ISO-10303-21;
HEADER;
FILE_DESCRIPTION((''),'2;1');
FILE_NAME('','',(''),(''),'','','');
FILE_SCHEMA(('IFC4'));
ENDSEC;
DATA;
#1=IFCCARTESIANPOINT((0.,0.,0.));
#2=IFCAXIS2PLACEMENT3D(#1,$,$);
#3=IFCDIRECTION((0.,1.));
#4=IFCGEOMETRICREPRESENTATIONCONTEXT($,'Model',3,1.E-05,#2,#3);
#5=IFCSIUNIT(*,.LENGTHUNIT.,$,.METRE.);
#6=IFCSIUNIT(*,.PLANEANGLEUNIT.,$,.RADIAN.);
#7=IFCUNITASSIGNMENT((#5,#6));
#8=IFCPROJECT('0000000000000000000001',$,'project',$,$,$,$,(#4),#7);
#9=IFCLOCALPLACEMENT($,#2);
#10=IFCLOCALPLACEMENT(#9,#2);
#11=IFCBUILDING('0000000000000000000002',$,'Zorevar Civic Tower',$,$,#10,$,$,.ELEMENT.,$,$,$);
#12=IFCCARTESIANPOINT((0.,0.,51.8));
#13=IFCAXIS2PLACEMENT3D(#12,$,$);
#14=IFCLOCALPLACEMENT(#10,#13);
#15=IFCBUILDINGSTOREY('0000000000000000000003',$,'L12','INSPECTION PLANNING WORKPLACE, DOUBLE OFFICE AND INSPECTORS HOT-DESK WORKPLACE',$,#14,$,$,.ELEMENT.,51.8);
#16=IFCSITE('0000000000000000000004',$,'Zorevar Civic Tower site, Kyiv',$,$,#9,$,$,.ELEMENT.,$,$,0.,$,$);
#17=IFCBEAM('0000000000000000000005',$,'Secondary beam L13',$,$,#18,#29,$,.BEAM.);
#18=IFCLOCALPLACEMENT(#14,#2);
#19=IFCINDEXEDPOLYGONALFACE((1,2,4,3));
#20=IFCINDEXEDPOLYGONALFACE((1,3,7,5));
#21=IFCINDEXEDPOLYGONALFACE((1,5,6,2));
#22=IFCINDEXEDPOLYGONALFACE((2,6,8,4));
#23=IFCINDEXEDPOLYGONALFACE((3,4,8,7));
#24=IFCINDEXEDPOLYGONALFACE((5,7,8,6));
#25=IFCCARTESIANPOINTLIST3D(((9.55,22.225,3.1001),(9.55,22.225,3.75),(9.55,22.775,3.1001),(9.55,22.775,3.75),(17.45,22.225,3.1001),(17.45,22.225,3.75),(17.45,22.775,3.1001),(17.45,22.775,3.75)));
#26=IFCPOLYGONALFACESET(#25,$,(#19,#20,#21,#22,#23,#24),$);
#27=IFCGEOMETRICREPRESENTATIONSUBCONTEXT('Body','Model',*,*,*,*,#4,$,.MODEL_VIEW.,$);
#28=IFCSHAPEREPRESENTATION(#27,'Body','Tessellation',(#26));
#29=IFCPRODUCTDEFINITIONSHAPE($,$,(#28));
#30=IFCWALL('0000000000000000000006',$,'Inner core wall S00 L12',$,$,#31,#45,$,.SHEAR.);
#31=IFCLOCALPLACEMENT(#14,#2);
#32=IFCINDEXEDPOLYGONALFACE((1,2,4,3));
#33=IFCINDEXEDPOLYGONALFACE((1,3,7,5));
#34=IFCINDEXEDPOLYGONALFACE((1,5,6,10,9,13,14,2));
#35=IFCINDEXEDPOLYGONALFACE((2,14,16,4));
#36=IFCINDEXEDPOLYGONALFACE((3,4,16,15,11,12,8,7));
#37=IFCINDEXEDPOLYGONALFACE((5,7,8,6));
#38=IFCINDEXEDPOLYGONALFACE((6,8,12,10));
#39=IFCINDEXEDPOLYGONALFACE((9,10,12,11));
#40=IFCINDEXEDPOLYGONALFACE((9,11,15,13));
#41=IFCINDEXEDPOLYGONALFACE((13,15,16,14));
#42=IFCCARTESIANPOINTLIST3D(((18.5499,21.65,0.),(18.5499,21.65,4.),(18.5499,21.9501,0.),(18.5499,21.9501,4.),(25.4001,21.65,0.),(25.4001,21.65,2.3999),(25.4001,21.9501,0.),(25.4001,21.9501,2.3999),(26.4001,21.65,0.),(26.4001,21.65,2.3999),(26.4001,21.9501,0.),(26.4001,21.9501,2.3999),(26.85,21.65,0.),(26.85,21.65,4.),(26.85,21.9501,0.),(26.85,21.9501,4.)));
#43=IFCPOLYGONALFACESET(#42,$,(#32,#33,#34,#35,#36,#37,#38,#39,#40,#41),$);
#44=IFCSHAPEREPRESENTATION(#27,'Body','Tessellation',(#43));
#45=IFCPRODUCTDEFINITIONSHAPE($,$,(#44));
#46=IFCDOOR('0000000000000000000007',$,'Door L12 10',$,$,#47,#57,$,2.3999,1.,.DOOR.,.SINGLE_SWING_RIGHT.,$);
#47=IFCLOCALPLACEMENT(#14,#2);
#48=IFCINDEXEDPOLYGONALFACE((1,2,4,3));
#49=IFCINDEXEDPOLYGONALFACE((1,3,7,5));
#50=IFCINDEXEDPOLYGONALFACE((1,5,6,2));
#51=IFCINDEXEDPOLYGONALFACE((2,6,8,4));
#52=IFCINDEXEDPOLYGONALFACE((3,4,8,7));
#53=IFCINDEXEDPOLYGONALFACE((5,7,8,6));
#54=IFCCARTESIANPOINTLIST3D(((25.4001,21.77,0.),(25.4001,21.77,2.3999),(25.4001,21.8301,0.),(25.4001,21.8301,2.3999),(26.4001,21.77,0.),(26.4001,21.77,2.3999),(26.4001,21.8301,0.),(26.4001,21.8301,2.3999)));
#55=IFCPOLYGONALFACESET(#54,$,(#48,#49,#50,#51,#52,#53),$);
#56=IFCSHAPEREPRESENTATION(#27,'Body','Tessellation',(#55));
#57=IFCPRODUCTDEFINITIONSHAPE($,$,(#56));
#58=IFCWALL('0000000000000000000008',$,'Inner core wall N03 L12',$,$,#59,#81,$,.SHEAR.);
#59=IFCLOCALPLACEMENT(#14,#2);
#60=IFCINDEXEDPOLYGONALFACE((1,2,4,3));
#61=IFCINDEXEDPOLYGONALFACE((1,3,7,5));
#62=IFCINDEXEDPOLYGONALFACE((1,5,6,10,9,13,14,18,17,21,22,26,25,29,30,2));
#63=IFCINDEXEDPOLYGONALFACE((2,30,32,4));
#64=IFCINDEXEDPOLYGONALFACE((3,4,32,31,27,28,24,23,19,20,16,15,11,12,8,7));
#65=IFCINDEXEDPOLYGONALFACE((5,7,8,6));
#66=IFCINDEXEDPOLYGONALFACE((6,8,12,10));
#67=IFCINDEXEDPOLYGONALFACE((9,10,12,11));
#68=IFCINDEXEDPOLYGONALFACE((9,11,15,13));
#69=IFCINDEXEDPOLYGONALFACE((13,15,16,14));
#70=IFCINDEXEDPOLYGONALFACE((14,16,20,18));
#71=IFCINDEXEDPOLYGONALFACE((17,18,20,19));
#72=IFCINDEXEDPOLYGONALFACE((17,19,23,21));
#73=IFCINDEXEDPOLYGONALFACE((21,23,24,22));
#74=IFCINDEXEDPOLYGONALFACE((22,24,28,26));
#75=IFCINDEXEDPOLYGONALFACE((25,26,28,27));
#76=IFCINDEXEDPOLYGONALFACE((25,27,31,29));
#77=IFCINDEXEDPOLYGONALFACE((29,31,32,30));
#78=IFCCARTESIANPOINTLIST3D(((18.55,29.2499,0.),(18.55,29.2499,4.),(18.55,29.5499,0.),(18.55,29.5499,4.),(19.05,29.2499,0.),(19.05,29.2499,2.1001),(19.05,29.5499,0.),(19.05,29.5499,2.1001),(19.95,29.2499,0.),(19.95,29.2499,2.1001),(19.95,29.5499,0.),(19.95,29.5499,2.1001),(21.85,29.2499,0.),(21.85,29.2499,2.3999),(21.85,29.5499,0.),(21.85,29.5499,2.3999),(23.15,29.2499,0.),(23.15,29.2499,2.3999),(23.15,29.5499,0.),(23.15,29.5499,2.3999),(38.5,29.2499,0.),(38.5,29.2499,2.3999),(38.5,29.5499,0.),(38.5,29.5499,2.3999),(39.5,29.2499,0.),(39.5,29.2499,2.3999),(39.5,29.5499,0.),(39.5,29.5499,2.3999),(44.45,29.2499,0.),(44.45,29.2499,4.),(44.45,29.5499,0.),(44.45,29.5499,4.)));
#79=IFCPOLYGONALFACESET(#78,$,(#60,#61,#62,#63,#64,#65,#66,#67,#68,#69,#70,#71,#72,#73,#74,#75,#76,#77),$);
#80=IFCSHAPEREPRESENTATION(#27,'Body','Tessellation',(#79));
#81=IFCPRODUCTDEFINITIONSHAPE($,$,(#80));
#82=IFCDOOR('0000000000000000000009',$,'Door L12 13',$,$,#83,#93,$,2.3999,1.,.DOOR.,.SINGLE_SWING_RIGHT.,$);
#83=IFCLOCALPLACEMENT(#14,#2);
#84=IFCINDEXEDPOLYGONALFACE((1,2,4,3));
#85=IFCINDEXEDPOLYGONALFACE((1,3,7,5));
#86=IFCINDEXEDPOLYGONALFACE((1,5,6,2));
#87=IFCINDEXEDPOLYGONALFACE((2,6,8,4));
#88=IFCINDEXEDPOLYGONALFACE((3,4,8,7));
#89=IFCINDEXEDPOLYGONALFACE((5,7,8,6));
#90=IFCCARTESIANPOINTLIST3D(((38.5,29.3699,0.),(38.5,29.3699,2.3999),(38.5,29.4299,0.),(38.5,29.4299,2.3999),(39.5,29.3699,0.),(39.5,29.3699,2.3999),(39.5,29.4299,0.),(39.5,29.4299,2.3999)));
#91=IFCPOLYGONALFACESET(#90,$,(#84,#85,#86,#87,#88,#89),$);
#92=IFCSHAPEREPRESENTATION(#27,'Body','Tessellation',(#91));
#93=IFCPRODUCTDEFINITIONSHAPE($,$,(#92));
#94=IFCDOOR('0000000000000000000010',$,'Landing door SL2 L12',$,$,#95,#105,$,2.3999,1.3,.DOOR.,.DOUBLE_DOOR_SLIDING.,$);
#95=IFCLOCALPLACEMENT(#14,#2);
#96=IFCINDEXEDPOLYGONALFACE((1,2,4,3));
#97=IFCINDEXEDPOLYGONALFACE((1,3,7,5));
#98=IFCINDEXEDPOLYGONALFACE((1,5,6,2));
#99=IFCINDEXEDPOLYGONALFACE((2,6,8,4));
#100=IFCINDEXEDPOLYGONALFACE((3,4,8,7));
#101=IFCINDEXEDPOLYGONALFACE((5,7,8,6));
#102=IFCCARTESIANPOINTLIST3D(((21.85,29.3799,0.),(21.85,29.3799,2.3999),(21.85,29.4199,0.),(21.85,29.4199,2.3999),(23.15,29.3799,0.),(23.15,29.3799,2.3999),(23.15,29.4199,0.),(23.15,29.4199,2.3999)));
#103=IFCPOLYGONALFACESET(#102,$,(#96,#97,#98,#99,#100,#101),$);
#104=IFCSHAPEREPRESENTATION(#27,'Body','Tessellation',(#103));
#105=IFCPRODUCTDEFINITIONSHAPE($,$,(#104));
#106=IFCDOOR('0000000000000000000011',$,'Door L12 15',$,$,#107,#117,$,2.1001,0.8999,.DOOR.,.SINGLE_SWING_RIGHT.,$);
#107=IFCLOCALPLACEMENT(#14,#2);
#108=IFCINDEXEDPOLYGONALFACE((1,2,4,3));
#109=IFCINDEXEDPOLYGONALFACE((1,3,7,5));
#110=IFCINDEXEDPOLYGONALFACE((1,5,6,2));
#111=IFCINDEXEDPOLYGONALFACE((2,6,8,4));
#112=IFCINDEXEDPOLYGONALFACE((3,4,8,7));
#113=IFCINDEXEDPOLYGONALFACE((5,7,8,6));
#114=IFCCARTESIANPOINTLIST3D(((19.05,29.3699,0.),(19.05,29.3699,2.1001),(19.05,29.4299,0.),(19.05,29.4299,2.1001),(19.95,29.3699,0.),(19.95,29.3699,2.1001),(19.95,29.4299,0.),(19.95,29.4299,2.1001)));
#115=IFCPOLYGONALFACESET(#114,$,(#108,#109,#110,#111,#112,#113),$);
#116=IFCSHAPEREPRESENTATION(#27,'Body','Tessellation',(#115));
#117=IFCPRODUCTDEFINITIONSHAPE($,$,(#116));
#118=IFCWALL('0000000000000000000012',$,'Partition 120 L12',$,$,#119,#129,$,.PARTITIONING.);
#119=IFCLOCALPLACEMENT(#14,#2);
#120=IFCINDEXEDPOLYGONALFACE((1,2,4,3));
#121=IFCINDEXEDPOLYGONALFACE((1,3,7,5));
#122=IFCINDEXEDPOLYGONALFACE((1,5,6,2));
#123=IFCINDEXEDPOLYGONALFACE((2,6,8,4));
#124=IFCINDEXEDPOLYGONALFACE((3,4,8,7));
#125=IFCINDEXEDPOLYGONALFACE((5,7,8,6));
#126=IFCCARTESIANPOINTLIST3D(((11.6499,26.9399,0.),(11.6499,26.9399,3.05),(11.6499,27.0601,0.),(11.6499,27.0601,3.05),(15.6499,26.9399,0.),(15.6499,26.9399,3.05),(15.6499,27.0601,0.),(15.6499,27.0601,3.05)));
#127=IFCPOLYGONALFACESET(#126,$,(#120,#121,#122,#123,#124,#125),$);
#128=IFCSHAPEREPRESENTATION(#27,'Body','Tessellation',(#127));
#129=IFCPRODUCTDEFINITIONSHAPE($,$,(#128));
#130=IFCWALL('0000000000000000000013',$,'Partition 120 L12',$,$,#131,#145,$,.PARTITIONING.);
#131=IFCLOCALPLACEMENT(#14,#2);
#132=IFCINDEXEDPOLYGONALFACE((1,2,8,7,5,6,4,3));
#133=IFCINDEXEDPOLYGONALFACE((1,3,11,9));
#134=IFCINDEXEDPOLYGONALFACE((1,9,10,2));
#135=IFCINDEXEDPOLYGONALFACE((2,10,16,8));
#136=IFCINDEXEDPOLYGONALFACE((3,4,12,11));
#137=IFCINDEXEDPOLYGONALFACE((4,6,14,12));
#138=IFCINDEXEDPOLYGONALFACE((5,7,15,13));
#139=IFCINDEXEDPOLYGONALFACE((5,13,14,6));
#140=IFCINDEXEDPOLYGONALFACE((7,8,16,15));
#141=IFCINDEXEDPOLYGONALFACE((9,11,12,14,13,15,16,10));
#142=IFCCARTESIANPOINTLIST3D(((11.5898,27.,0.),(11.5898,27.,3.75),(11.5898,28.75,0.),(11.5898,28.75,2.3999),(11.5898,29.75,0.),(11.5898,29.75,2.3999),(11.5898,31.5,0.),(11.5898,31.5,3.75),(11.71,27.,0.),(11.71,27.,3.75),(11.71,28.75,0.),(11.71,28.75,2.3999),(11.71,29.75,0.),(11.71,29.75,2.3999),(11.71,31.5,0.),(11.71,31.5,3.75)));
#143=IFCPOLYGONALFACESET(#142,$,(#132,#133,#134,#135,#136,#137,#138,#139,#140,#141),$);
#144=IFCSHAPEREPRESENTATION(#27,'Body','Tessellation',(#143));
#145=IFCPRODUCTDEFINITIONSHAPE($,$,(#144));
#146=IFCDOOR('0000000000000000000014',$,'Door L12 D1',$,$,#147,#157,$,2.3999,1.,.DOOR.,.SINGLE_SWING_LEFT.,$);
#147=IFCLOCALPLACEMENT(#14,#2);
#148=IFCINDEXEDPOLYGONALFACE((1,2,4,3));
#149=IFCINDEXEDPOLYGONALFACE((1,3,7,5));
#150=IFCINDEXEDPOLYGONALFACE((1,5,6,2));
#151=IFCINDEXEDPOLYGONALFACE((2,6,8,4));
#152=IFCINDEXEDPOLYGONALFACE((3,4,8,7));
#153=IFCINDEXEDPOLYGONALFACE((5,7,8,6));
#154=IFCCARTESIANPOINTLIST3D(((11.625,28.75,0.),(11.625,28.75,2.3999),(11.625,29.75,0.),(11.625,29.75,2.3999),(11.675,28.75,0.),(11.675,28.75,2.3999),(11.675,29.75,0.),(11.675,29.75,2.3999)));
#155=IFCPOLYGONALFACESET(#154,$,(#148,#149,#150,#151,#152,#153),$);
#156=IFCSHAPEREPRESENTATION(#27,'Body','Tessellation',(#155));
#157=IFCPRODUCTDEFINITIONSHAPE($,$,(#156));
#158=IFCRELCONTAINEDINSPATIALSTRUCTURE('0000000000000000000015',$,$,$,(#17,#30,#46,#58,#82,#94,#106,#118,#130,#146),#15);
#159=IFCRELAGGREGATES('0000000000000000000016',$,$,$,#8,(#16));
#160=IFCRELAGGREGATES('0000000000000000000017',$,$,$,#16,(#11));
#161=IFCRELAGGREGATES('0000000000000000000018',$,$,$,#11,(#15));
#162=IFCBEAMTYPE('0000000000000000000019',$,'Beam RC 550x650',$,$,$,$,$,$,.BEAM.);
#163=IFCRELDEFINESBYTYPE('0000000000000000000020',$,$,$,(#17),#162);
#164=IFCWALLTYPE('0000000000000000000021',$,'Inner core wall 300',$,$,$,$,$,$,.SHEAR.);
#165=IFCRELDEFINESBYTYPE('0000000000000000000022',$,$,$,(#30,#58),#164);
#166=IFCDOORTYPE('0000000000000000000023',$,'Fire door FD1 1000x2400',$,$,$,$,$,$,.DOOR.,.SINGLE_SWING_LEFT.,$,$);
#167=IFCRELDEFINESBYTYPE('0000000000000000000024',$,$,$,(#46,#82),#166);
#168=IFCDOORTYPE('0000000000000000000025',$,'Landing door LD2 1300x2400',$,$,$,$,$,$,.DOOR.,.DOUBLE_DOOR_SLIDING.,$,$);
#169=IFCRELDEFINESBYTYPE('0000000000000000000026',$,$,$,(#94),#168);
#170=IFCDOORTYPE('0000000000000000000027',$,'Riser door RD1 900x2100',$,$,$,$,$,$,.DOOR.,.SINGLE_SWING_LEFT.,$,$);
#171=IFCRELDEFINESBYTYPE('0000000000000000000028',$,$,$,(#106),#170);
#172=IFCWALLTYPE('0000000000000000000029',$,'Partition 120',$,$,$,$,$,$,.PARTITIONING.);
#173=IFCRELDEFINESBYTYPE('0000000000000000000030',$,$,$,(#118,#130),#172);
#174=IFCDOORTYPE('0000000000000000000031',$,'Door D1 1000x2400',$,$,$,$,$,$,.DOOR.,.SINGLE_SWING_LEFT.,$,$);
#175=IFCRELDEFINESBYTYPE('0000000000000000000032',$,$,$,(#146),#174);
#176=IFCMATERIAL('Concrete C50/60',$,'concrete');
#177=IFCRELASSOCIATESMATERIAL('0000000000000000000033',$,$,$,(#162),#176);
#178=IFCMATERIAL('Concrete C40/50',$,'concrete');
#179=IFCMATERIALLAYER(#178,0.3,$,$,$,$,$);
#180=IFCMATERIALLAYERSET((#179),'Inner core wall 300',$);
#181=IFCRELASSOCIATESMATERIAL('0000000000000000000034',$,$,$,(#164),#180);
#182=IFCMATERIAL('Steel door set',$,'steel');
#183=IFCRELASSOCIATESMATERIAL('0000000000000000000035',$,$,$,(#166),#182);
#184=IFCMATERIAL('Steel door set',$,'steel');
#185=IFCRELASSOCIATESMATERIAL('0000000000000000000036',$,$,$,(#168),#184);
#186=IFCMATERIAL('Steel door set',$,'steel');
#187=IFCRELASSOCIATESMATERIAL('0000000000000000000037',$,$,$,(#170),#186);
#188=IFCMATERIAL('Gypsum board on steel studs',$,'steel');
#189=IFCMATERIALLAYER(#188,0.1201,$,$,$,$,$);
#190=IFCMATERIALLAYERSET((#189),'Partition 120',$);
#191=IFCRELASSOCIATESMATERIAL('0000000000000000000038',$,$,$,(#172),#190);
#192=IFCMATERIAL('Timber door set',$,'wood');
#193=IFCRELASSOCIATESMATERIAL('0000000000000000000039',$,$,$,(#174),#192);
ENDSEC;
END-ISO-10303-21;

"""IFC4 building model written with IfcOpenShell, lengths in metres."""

from ifc_helpers import new_model, si_unit, direction, frame, frame_2d, origin, origin_2d, place, context, subcontext, project, spatial, rectangle, extrude, material, layer, layer_set, material_profile, profile_set, type_object, element, fill, save


model = new_model("IFC4")

# Units and contexts
model_context = context("Model", 3, precision=1e-05, world=origin(), true_north=direction((0.0, 1.0)))
body_context = subcontext(model_context, "Body", "Model", "MODEL_VIEW")
ifc_project = project(units=[si_unit("LENGTHUNIT", "METRE"), si_unit("PLANEANGLEUNIT", "RADIAN")], contexts=[model_context])

# Site, building, storey
site_placement = place(None, origin())
site = spatial("IfcSite", under=ifc_project, at=site_placement, Name="Zorevar Civic Tower site, Kyiv", CompositionType="ELEMENT", RefElevation=0.0)
building_placement = place(site_placement, origin())
building = spatial("IfcBuilding", under=site, at=building_placement, Name="Zorevar Civic Tower", CompositionType="ELEMENT")
storey_placement = place(building_placement, frame((0.0, 0.0, 51.8)))
storey = spatial("IfcBuildingStorey", under=building, at=storey_placement, Name="L12", Description="INSPECTION PLANNING WORKPLACE, DOUBLE OFFICE AND INSPECTORS HOT-DESK WORKPLACE", CompositionType="ELEMENT", Elevation=51.8)

# Beam
ifc_material_1 = material(Name="Concrete C50/60", Category="concrete")
ifc_material_profile = material_profile(ifc_material_1, rectangle(XDim=0.55, YDim=0.6499, at=origin_2d()), Name="RC 550x650")
ifc_profile_set = profile_set([ifc_material_profile], Name="Concrete C50/60")
beam_type = type_object("IfcBeamType", Name="Beam RC 550x650", PredefinedType="BEAM", material=ifc_profile_set)
beam_placement = place(storey_placement, frame((9.55, 22.5, 3.425), z_axis=(1.0, 0.0, 0.0), x_axis=(0.0, 1.0, 0.0)))
element("IfcBeam", 1, at=beam_placement, inside=storey, type_object=beam_type, Name="Secondary beam L13", PredefinedType="BEAM", context=body_context, shape_type="SweptSolid", body=[
    extrude(rectangle(XDim=0.55, YDim=0.6499, at=origin_2d()), origin(), (0.0, 0.0, 1.0), 7.8999),
])

# Wall, opening, door
ifc_material_2 = material(Name="Concrete C40/50", Category="concrete")
ifc_layer_1 = layer(ifc_material_2, 0.3)
ifc_layer_set_1 = layer_set([ifc_layer_1], Name="Inner core wall 300")
wall_type_1 = type_object("IfcWallType", Name="Inner core wall 300", PredefinedType="SHEAR", material=ifc_layer_set_1)
wall_1_placement = place(storey_placement, frame((18.55, 21.8, 0.0), z_axis=(0.0, 0.0, 1.0), x_axis=(1.0, 0.0, 0.0)))
wall_1 = element("IfcWall", 2, at=wall_1_placement, inside=storey, type_object=wall_type_1, Name="Inner core wall S00 L12", PredefinedType="SHEAR", context=body_context, shape_type="SweptSolid", body=[
    extrude(rectangle(XDim=8.3, YDim=0.3, at=frame_2d((4.1499, 0.0))), origin(), (0.0, 0.0, 1.0), 4.0),
])
opening_1_placement = place(wall_1_placement, frame((6.8501, 0.0, 0.0)))
opening_1 = element("IfcOpeningElement", 3, at=opening_1_placement, cuts=wall_1, PredefinedType="OPENING", context=body_context, shape_type="SweptSolid", body=[
    extrude(rectangle(XDim=1.0, YDim=2.3999, at=frame_2d((0.5, 1.2))), frame((0.0, 0.1599, 0.0), z_axis=(0.0, -1.0, 0.0), x_axis=(1.0, 0.0, 0.0)), (0.0, 0.0, 1.0), 0.3201),
])
ifc_material_3 = material(Name="Steel door set", Category="steel")
door_type_1 = type_object("IfcDoorType", Name="Fire door FD1 1000x2400", OperationType="SINGLE_SWING_LEFT", PredefinedType="DOOR", material=ifc_material_3)
door_1_placement = place(opening_1_placement, origin())
door_1 = element("IfcDoor", 4, at=door_1_placement, inside=storey, type_object=door_type_1, Name="Door L12 10", OperationType="SINGLE_SWING_RIGHT", OverallHeight=2.3999, OverallWidth=1.0, PredefinedType="DOOR", context=body_context, shape_type="SweptSolid", body=[
    extrude(rectangle(XDim=1.0, YDim=2.3999, at=frame_2d((0.5, 1.2))), frame((0.0, 0.03, 0.0), z_axis=(0.0, -1.0, 0.0), x_axis=(1.0, 0.0, 0.0)), (0.0, 0.0, 1.0), 0.0601),
])
fill(opening_1, door_1)

# Wall, openings, doors
ifc_material_4 = material(Name="Steel door set", Category="steel")
door_type_2 = type_object("IfcDoorType", Name="Landing door LD2 1300x2400", OperationType="DOUBLE_DOOR_SLIDING", PredefinedType="DOOR", material=ifc_material_4)
ifc_material_5 = material(Name="Steel door set", Category="steel")
door_type_3 = type_object("IfcDoorType", Name="Riser door RD1 900x2100", OperationType="SINGLE_SWING_LEFT", PredefinedType="DOOR", material=ifc_material_5)
wall_2_placement = place(storey_placement, frame((18.55, 29.3999, 0.0), z_axis=(0.0, 0.0, 1.0), x_axis=(1.0, 0.0, 0.0)))
wall_2 = element("IfcWall", 5, at=wall_2_placement, inside=storey, type_object=wall_type_1, Name="Inner core wall N03 L12", PredefinedType="SHEAR", context=body_context, shape_type="SweptSolid", body=[
    extrude(rectangle(XDim=25.8999, YDim=0.3, at=frame_2d((12.95, 0.0))), origin(), (0.0, 0.0, 1.0), 4.0),
])
opening_2_placement = place(wall_2_placement, frame((19.95, 0.0, 0.0)))
opening_2 = element("IfcOpeningElement", 6, at=opening_2_placement, cuts=wall_2, PredefinedType="OPENING", context=body_context, shape_type="SweptSolid", body=[
    extrude(rectangle(XDim=1.0, YDim=2.3999, at=frame_2d((0.5, 1.2))), frame((0.0, 0.1599, 0.0), z_axis=(0.0, -1.0, 0.0), x_axis=(1.0, 0.0, 0.0)), (0.0, 0.0, 1.0), 0.3201),
])
opening_3_placement = place(wall_2_placement, frame((0.5, 0.0, 0.0)))
opening_3 = element("IfcOpeningElement", 7, at=opening_3_placement, cuts=wall_2, PredefinedType="OPENING", context=body_context, shape_type="SweptSolid", body=[
    extrude(rectangle(XDim=0.8999, YDim=2.1001, at=frame_2d((0.45, 1.05))), frame((0.0, 0.1599, 0.0), z_axis=(0.0, -1.0, 0.0), x_axis=(1.0, 0.0, 0.0)), (0.0, 0.0, 1.0), 0.3201),
])
opening_4_placement = place(wall_2_placement, frame((3.3, 0.0, 0.0)))
opening_4 = element("IfcOpeningElement", 8, at=opening_4_placement, cuts=wall_2, PredefinedType="OPENING", context=body_context, shape_type="SweptSolid", body=[
    extrude(rectangle(XDim=1.3, YDim=2.3999, at=frame_2d((0.6499, 1.2))), frame((0.0, 0.1599, 0.0), z_axis=(0.0, -1.0, 0.0), x_axis=(1.0, 0.0, 0.0)), (0.0, 0.0, 1.0), 0.3201),
])
door_2_placement = place(opening_2_placement, origin())
door_2 = element("IfcDoor", 9, at=door_2_placement, inside=storey, type_object=door_type_1, Name="Door L12 13", OperationType="SINGLE_SWING_RIGHT", OverallHeight=2.3999, OverallWidth=1.0, PredefinedType="DOOR", context=body_context, shape_type="SweptSolid", body=[
    extrude(rectangle(XDim=1.0, YDim=2.3999, at=frame_2d((0.5, 1.2))), frame((0.0, 0.03, 0.0), z_axis=(0.0, -1.0, 0.0), x_axis=(1.0, 0.0, 0.0)), (0.0, 0.0, 1.0), 0.0601),
])
fill(opening_2, door_2)
door_3_placement = place(opening_4_placement, origin())
door_3 = element("IfcDoor", 10, at=door_3_placement, inside=storey, type_object=door_type_2, Name="Landing door SL2 L12", OperationType="DOUBLE_DOOR_SLIDING", OverallHeight=2.3999, OverallWidth=1.3, PredefinedType="DOOR", context=body_context, shape_type="SweptSolid", body=[
    extrude(rectangle(XDim=1.3, YDim=2.3999, at=frame_2d((0.6499, 1.2))), frame((0.0, 0.02, 0.0), z_axis=(0.0, -1.0, 0.0), x_axis=(1.0, 0.0, 0.0)), (0.0, 0.0, 1.0), 0.04),
])
fill(opening_4, door_3)
door_4_placement = place(opening_3_placement, origin())
door_4 = element("IfcDoor", 11, at=door_4_placement, inside=storey, type_object=door_type_3, Name="Door L12 15", OperationType="SINGLE_SWING_RIGHT", OverallHeight=2.1001, OverallWidth=0.8999, PredefinedType="DOOR", context=body_context, shape_type="SweptSolid", body=[
    extrude(rectangle(XDim=0.8999, YDim=2.1001, at=frame_2d((0.45, 1.05))), frame((0.0, 0.03, 0.0), z_axis=(0.0, -1.0, 0.0), x_axis=(1.0, 0.0, 0.0)), (0.0, 0.0, 1.0), 0.0601),
])
fill(opening_3, door_4)

# Wall
ifc_material_6 = material(Name="Gypsum board on steel studs", Category="steel")
ifc_layer_2 = layer(ifc_material_6, 0.1201)
ifc_layer_set_2 = layer_set([ifc_layer_2], Name="Partition 120")
wall_type_2 = type_object("IfcWallType", Name="Partition 120", PredefinedType="PARTITIONING", material=ifc_layer_set_2)
wall_3_placement = place(storey_placement, frame((11.6499, 27.0, 0.0), z_axis=(0.0, 0.0, 1.0), x_axis=(1.0, 0.0, 0.0)))
element("IfcWall", 12, at=wall_3_placement, inside=storey, type_object=wall_type_2, Name="Partition 120 L12", PredefinedType="PARTITIONING", context=body_context, shape_type="SweptSolid", body=[
    extrude(rectangle(XDim=4.0, YDim=0.1201, at=frame_2d((2.0, 0.0))), origin(), (0.0, 0.0, 1.0), 3.05),
])

# Wall, opening, door
wall_4_placement = place(storey_placement, frame((11.6499, 27.0, 0.0), z_axis=(0.0, 0.0, 1.0), x_axis=(0.0, 1.0, 0.0)))
wall_4 = element("IfcWall", 13, at=wall_4_placement, inside=storey, type_object=wall_type_2, Name="Partition 120 L12", PredefinedType="PARTITIONING", context=body_context, shape_type="SweptSolid", body=[
    extrude(rectangle(XDim=4.5, YDim=0.1201, at=frame_2d((2.25, 0.0))), origin(), (0.0, 0.0, 1.0), 3.75),
])
opening_5_placement = place(wall_4_placement, frame((1.75, 0.0, 0.0)))
opening_5 = element("IfcOpeningElement", 14, at=opening_5_placement, cuts=wall_4, PredefinedType="OPENING", context=body_context, shape_type="SweptSolid", body=[
    extrude(rectangle(XDim=1.0, YDim=2.3999, at=frame_2d((0.5, 1.2))), frame((0.0, 0.0701, 0.0), z_axis=(0.0, -1.0, 0.0), x_axis=(1.0, 0.0, 0.0)), (0.0, 0.0, 1.0), 0.1401),
])
ifc_material_7 = material(Name="Timber door set", Category="wood")
door_type_4 = type_object("IfcDoorType", Name="Door D1 1000x2400", OperationType="SINGLE_SWING_LEFT", PredefinedType="DOOR", material=ifc_material_7)
door_5_placement = place(opening_5_placement, origin())
door_5 = element("IfcDoor", 15, at=door_5_placement, inside=storey, type_object=door_type_4, Name="Door L12 D1", OperationType="SINGLE_SWING_LEFT", OverallHeight=2.3999, OverallWidth=1.0, PredefinedType="DOOR", context=body_context, shape_type="SweptSolid", body=[
    extrude(rectangle(XDim=1.0, YDim=2.3999, at=frame_2d((0.5, 1.2))), frame((0.0, 0.0249, 0.0), z_axis=(0.0, -1.0, 0.0), x_axis=(1.0, 0.0, 0.0)), (0.0, 0.0, 1.0), 0.05),
])
fill(opening_5, door_5)

save(model, "model.ifc")
